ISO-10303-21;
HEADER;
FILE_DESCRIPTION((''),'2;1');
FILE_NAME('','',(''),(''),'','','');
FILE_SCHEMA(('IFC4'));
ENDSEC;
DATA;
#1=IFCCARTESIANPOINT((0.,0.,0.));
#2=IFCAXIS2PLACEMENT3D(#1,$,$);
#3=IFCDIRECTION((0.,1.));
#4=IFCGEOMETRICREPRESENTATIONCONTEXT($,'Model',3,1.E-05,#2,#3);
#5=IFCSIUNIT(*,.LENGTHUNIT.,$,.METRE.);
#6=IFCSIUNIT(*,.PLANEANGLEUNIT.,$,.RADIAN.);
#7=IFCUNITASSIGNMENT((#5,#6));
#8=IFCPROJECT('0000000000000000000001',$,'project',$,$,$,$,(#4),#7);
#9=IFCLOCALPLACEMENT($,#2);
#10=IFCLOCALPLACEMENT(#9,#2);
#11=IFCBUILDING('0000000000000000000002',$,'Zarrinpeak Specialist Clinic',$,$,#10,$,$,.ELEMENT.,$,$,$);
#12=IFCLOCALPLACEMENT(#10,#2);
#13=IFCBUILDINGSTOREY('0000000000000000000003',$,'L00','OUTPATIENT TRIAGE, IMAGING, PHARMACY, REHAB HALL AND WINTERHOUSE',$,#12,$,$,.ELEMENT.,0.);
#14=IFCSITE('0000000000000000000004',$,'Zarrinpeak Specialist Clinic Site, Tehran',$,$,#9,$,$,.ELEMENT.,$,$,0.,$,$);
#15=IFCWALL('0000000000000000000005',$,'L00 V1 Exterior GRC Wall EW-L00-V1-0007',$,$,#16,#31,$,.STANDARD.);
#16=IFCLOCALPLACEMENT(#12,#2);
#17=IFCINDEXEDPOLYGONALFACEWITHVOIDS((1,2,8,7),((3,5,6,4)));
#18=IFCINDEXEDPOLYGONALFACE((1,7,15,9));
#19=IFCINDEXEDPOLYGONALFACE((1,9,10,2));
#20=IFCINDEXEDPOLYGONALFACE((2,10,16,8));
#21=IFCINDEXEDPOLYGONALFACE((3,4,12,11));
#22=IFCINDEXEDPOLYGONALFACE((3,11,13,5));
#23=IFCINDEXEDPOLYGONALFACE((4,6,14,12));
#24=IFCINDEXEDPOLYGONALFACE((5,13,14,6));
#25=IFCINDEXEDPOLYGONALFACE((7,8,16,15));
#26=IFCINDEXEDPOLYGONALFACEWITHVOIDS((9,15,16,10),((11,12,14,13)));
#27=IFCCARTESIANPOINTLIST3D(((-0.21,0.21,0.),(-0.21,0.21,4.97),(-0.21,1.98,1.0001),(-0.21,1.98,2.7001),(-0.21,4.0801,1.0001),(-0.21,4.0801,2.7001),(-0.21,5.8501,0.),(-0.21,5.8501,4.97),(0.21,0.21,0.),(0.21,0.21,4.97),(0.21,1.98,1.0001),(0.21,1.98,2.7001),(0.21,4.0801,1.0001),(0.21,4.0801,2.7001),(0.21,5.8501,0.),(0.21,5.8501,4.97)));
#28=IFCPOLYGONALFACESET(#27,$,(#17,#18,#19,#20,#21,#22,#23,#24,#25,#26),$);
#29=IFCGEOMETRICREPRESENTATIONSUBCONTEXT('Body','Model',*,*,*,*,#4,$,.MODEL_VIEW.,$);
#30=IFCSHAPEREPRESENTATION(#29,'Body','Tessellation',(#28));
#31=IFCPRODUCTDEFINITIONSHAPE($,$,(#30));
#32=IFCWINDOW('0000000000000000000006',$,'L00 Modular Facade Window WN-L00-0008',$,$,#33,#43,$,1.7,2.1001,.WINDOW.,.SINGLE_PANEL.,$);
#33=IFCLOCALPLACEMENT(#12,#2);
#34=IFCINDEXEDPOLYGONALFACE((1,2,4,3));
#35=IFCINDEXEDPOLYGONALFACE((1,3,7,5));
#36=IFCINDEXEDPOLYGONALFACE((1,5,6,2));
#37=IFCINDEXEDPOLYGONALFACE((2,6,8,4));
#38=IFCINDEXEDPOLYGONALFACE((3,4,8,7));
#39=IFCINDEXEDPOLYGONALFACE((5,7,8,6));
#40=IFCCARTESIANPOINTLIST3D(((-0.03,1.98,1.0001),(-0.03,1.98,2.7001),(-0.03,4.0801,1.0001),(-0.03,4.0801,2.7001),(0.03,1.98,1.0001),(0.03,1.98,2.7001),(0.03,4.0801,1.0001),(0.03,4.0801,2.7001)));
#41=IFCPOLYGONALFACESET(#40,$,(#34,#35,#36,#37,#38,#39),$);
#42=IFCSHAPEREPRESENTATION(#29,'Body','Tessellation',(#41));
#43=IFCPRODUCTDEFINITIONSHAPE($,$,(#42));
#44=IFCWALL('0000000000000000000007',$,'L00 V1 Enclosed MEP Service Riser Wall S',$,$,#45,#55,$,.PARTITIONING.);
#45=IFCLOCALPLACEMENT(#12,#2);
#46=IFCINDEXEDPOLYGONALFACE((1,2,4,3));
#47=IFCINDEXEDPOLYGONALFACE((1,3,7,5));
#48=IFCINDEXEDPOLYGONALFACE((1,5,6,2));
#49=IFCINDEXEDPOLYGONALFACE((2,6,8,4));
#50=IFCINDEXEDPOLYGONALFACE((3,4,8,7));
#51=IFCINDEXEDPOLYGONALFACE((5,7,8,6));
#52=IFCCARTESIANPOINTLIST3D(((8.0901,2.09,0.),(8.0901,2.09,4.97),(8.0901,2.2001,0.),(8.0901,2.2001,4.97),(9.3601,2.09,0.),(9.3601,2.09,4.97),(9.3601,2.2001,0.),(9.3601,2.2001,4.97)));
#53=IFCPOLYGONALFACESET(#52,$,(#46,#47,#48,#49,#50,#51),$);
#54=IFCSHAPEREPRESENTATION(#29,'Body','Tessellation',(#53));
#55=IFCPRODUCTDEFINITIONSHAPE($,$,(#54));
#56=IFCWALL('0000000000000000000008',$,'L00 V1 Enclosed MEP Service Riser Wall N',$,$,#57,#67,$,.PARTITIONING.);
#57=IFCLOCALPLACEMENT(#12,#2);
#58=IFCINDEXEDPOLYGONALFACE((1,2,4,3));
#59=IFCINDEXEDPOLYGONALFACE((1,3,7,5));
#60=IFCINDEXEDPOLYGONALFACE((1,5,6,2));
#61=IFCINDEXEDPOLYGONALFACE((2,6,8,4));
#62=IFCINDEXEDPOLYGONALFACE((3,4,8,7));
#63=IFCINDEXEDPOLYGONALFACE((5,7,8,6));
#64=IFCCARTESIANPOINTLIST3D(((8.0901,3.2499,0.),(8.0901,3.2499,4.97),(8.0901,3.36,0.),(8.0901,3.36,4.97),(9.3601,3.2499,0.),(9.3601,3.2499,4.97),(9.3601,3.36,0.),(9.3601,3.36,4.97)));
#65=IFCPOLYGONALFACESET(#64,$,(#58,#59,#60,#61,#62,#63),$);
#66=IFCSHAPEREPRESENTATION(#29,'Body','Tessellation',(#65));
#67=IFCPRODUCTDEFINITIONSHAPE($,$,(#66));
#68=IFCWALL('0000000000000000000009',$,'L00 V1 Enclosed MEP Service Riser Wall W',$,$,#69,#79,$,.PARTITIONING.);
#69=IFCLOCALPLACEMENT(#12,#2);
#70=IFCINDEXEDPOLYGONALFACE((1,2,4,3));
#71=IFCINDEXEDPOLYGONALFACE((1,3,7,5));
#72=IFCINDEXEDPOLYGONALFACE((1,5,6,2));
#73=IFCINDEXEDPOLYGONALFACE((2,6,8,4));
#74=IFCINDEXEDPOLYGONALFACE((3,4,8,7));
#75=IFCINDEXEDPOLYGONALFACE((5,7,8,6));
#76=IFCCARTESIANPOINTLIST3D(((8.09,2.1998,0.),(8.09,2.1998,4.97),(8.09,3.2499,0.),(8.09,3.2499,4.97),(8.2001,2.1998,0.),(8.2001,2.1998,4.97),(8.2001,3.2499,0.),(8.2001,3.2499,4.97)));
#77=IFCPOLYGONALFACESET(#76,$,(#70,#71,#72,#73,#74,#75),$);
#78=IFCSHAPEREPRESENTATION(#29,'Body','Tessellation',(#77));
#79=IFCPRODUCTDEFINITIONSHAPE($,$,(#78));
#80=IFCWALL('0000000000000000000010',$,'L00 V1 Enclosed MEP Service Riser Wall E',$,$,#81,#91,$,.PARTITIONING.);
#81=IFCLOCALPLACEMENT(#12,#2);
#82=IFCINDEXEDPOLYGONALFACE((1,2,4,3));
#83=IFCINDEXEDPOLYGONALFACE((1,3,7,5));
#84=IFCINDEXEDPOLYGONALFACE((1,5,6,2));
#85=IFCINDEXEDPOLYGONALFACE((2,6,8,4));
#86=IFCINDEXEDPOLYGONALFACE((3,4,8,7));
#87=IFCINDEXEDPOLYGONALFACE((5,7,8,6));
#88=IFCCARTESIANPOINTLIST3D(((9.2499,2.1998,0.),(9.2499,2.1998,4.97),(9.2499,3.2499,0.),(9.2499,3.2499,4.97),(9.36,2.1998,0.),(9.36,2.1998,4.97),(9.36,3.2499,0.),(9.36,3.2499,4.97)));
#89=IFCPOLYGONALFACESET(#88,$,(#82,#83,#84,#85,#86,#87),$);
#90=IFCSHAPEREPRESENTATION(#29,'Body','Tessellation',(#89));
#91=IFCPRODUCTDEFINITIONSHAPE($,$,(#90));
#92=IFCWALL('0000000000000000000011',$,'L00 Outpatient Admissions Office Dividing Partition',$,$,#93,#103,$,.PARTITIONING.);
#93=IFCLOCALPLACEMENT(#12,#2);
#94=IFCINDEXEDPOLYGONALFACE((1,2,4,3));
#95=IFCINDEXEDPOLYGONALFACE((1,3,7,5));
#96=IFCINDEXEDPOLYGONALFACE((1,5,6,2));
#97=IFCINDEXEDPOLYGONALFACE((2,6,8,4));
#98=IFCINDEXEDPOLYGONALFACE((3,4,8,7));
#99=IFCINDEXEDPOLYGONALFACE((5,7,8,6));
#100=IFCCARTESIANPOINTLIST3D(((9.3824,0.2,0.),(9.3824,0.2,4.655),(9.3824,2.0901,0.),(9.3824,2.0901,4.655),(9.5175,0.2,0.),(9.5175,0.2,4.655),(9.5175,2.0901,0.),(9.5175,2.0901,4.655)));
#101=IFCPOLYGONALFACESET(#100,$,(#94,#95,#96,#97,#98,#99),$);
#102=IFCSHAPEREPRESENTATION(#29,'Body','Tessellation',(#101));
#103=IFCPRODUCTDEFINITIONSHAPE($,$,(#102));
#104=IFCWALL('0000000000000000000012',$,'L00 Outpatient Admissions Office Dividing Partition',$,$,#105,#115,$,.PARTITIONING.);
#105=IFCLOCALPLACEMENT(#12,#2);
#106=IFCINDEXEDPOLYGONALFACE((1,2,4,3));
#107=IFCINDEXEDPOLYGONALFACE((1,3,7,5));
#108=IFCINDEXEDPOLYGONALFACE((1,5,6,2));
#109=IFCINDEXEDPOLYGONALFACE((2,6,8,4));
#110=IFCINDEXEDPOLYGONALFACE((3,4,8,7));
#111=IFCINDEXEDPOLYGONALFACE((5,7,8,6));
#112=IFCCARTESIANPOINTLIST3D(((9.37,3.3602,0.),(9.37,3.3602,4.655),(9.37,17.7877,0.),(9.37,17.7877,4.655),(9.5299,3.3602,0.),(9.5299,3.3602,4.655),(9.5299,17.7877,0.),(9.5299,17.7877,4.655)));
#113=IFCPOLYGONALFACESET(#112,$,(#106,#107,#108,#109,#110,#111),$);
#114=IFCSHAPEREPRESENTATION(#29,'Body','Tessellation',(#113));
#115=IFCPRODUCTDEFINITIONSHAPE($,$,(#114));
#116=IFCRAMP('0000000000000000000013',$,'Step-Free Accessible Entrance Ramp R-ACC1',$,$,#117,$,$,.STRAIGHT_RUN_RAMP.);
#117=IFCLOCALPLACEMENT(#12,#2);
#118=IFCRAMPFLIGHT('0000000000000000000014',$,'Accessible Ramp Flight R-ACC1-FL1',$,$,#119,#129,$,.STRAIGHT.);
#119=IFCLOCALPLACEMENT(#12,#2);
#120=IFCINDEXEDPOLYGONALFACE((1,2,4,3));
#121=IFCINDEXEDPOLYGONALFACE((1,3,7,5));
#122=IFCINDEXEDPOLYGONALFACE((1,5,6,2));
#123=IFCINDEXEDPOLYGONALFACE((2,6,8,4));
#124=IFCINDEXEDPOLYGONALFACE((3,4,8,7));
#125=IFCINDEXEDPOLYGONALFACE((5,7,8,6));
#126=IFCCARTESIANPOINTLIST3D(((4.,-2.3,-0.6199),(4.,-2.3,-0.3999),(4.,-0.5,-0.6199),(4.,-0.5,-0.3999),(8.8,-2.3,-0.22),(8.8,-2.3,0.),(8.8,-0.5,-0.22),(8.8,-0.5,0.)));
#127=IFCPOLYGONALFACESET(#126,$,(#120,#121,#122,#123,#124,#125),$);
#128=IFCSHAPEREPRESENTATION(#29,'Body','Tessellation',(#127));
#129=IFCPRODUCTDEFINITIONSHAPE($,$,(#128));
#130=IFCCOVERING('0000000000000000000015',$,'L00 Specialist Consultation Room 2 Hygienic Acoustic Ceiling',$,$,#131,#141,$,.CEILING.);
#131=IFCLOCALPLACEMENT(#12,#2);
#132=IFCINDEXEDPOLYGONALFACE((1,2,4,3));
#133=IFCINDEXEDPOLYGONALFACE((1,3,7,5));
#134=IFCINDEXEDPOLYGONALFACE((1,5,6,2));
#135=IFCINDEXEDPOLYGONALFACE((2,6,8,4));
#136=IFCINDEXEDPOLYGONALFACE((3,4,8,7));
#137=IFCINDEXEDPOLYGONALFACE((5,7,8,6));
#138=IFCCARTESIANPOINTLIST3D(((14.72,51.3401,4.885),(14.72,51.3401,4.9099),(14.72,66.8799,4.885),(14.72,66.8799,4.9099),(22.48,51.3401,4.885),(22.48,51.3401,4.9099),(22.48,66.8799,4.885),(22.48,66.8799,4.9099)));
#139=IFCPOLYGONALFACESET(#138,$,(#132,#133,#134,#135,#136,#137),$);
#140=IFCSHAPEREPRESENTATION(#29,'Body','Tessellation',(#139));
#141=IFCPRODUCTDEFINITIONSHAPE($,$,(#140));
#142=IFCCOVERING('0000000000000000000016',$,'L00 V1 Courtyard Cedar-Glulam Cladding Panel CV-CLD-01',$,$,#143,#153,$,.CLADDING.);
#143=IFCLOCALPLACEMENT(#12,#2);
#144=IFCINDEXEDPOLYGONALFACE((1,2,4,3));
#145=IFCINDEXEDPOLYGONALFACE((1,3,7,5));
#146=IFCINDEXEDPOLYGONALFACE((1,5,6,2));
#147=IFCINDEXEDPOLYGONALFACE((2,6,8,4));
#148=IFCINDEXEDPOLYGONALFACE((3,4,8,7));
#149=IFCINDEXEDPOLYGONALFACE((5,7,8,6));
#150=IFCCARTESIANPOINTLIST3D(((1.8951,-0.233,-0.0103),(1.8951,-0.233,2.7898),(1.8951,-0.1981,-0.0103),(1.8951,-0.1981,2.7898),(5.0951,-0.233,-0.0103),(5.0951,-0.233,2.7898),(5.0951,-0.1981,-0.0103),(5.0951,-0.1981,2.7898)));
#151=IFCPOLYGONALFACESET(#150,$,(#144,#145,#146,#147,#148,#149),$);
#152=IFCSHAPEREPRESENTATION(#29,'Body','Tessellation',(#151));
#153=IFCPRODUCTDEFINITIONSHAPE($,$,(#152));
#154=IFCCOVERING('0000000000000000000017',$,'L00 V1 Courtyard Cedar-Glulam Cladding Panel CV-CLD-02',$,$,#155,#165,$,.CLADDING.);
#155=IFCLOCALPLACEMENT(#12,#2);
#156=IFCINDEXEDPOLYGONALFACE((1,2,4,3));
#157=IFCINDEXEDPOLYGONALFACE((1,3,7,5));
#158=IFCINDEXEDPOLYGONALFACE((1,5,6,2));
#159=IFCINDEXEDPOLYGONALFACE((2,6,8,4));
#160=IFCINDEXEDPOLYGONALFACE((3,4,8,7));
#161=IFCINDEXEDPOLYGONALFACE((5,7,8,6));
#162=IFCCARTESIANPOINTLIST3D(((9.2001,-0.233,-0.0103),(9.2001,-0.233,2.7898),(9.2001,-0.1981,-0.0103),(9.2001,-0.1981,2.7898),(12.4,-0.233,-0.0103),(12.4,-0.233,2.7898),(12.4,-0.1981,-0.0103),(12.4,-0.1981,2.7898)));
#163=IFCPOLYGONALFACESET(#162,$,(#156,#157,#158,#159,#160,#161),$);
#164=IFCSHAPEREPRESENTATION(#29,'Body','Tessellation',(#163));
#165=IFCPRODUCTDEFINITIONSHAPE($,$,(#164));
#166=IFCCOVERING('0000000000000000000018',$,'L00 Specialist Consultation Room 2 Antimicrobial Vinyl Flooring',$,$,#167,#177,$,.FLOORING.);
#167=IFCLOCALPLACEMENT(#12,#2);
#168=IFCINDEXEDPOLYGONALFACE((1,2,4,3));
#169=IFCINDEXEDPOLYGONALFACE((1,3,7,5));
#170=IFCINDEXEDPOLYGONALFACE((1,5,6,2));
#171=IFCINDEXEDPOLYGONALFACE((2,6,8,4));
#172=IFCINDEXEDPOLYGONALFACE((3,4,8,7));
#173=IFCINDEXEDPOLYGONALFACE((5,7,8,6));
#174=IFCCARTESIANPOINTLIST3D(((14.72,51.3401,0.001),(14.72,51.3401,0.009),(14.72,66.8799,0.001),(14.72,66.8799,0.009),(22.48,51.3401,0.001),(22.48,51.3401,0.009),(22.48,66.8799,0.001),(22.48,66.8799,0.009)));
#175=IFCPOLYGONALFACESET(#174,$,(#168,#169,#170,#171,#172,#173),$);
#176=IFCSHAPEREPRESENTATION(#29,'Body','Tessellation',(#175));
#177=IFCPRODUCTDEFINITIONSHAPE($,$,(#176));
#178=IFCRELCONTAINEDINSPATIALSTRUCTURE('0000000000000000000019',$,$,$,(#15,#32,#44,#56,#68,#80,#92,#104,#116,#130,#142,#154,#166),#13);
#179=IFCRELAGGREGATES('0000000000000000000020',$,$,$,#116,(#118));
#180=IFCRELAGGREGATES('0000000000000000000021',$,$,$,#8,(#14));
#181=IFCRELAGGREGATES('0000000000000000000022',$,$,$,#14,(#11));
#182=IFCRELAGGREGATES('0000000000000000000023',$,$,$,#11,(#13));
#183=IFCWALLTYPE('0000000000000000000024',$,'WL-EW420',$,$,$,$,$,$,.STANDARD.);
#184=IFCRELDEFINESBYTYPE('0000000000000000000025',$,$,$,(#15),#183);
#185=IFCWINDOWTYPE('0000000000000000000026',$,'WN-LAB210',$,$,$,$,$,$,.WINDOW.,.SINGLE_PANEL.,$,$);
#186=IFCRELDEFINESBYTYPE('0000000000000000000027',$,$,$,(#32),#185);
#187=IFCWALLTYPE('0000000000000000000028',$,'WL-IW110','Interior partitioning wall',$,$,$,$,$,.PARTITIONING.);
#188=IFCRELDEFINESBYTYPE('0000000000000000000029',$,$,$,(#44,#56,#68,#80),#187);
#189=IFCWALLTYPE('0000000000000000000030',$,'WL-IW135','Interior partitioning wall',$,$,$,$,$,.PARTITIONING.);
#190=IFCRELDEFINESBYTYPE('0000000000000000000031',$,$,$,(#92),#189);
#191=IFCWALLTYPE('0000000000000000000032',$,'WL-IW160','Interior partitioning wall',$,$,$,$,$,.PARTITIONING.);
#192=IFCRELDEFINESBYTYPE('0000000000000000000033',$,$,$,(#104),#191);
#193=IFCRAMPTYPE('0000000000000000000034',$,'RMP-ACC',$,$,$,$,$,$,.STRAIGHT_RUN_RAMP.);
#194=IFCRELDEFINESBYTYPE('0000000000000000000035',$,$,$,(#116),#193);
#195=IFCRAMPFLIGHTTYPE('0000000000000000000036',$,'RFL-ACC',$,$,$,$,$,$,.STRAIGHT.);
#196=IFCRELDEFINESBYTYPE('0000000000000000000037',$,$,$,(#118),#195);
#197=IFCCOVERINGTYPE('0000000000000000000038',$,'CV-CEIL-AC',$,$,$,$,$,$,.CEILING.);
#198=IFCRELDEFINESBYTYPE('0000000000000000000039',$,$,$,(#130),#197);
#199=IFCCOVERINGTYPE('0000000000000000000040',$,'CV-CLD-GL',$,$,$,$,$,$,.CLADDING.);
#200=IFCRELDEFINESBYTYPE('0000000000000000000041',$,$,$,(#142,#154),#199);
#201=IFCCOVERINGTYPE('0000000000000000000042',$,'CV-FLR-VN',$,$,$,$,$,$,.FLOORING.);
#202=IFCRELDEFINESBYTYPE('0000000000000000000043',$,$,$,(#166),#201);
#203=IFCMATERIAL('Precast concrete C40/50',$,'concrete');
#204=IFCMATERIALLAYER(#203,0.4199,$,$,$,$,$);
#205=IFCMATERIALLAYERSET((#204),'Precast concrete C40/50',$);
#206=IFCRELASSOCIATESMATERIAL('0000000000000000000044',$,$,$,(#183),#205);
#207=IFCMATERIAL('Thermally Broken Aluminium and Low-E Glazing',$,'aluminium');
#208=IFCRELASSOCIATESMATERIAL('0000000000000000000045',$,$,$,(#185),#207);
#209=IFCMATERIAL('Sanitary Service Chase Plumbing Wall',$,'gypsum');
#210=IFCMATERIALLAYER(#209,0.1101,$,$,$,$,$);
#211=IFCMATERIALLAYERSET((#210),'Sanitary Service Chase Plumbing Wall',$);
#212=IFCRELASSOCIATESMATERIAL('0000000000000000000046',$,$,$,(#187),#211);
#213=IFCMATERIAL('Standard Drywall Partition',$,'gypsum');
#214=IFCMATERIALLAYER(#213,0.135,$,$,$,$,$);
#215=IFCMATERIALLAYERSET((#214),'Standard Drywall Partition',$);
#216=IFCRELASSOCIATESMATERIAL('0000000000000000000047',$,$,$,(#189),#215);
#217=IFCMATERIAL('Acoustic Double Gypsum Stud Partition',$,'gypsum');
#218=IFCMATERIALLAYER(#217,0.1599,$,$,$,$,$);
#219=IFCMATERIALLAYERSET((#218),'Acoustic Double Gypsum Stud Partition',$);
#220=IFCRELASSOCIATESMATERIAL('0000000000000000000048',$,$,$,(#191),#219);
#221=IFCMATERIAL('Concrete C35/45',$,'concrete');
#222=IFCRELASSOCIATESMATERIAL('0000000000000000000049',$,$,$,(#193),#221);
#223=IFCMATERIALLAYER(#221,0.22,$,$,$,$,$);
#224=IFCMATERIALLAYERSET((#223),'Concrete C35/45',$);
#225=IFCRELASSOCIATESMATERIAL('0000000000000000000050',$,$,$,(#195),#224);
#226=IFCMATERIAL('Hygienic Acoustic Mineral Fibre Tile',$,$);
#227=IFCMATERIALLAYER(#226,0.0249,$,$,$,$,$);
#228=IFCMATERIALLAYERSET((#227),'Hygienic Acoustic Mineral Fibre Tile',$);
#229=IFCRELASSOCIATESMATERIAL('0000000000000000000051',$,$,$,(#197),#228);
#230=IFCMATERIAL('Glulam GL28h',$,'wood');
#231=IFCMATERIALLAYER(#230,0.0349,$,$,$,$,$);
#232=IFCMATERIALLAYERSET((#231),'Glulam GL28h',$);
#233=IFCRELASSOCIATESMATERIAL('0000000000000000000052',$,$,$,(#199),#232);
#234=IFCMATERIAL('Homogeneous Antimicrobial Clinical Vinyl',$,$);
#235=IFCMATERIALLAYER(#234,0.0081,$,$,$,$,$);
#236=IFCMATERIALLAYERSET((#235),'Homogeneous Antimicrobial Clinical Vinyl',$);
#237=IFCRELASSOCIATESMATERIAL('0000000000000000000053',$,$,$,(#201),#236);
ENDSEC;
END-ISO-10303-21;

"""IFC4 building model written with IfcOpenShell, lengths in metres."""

from ifc_helpers import new_model, si_unit, direction, frame, frame_2d, origin, origin_2d, place, context, subcontext, project, spatial, polyline, rectangle, outline, extrude, material, layer, layer_set, type_object, element, fill, aggregate, save


model = new_model("IFC4")

# Units and contexts
model_context = context("Model", 3, precision=1e-05, world=origin(), true_north=direction((0.0, 1.0)))
body_context = subcontext(model_context, "Body", "Model", "MODEL_VIEW")
ifc_project = project(units=[si_unit("LENGTHUNIT", "METRE"), si_unit("PLANEANGLEUNIT", "RADIAN")], contexts=[model_context])

# Site, building, storey
site_placement = place(None, origin())
site = spatial("IfcSite", under=ifc_project, at=site_placement, Name="Zarrinpeak Specialist Clinic Site, Tehran", CompositionType="ELEMENT", RefElevation=0.0)
building_placement = place(site_placement, origin())
building = spatial("IfcBuilding", under=site, at=building_placement, Name="Zarrinpeak Specialist Clinic", CompositionType="ELEMENT")
storey_placement = place(building_placement, origin())
storey = spatial("IfcBuildingStorey", under=building, at=storey_placement, Name="L00", Description="OUTPATIENT TRIAGE, IMAGING, PHARMACY, REHAB HALL AND WINTERHOUSE", CompositionType="ELEMENT", Elevation=0.0)

# Shared definitions
ifc_material_1 = material(Name="Precast concrete C40/50", Category="concrete")
ifc_layer_1 = layer(ifc_material_1, 0.4199)
ifc_layer_set_1 = layer_set([ifc_layer_1], Name="Precast concrete C40/50")
wall_type_1 = type_object("IfcWallType", Name="WL-EW420", PredefinedType="STANDARD", material=ifc_layer_set_1)

# Wall, opening, window
wall_1_placement = place(storey_placement, frame((0.0, 5.8501, 0.0), z_axis=(0.0, 0.0, 1.0), x_axis=(0.0, -1.0, 0.0)))
wall_1 = element("IfcWall", 1, at=wall_1_placement, inside=storey, type_object=wall_type_1, Name="L00 V1 Exterior GRC Wall EW-L00-V1-0007", PredefinedType="STANDARD", context=body_context, shape_type="SweptSolid", body=[
    extrude(rectangle(XDim=5.6401, YDim=0.4199, at=frame_2d((2.8201, 0.0))), origin(), (0.0, 0.0, 1.0), 4.97),
])
opening_1_placement = place(wall_1_placement, frame((1.77, 0.0, 1.0)))
opening_1 = element("IfcOpeningElement", 2, at=opening_1_placement, cuts=wall_1, PredefinedType="OPENING", context=body_context, shape_type="SweptSolid", body=[
    extrude(rectangle(XDim=2.1001, YDim=1.7, at=frame_2d((1.05, 0.8501))), frame((0.0, 0.22, 0.0), z_axis=(0.0, -1.0, 0.0), x_axis=(1.0, 0.0, 0.0)), (0.0, 0.0, 1.0), 0.4399),
])
ifc_material_2 = material(Name="Thermally Broken Aluminium and Low-E Glazing", Category="aluminium")
window_type = type_object("IfcWindowType", Name="WN-LAB210", PartitioningType="SINGLE_PANEL", PredefinedType="WINDOW", material=ifc_material_2)
window_placement = place(opening_1_placement, origin())
window = element("IfcWindow", 3, at=window_placement, inside=storey, type_object=window_type, Name="L00 Modular Facade Window WN-L00-0008", OverallHeight=1.7, OverallWidth=2.1001, PartitioningType="SINGLE_PANEL", PredefinedType="WINDOW", context=body_context, shape_type="SweptSolid", body=[
    extrude(rectangle(XDim=2.1001, YDim=1.7, at=frame_2d((1.05, 0.8501))), frame((0.0, 0.03, 0.0), z_axis=(0.0, -1.0, 0.0), x_axis=(1.0, 0.0, 0.0)), (0.0, 0.0, 1.0), 0.0601),
])
fill(opening_1, window)

# Walls
ifc_material_3 = material(Name="Sanitary Service Chase Plumbing Wall", Category="gypsum")
ifc_layer_2 = layer(ifc_material_3, 0.1101)
ifc_layer_set_2 = layer_set([ifc_layer_2], Name="Sanitary Service Chase Plumbing Wall")
wall_type_2 = type_object("IfcWallType", Name="WL-IW110", Description="Interior partitioning wall", PredefinedType="PARTITIONING", material=ifc_layer_set_2)
for number, where, z_axis, x_axis, name in (
    (4, (8.0901, 2.145, 0.0), (0.0, 0.0, 1.0), (1.0, 0.0, 0.0), "L00 V1 Enclosed MEP Service Riser Wall S"),
    (5, (8.0901, 3.3049, 0.0), (0.0, 0.0, 1.0), (1.0, 0.0, 0.0), "L00 V1 Enclosed MEP Service Riser Wall N"),
):
    element("IfcWall", number, at=place(storey_placement, frame(where, z_axis=z_axis, x_axis=x_axis)), inside=storey, type_object=wall_type_2, Name=name, PredefinedType="PARTITIONING", context=body_context, shape_type="SweptSolid", body=[
        extrude(rectangle(XDim=1.27, YDim=0.1101, at=frame_2d((0.635, 0.0))), origin(), (0.0, 0.0, 1.0), 4.97),
    ])
for number, where, z_axis, x_axis, name in (
    (6, (8.145, 2.2, 0.0), (0.0, 0.0, 1.0), (0.0, 1.0, 0.0), "L00 V1 Enclosed MEP Service Riser Wall W"),
    (7, (9.3049, 2.2, 0.0), (0.0, 0.0, 1.0), (0.0, 1.0, 0.0), "L00 V1 Enclosed MEP Service Riser Wall E"),
):
    element("IfcWall", number, at=place(storey_placement, frame(where, z_axis=z_axis, x_axis=x_axis)), inside=storey, type_object=wall_type_2, Name=name, PredefinedType="PARTITIONING", context=body_context, shape_type="SweptSolid", body=[
        extrude(rectangle(XDim=1.05, YDim=0.1101, at=frame_2d((0.5249, 0.0))), origin(), (0.0, 0.0, 1.0), 4.97),
    ])
ifc_material_4 = material(Name="Standard Drywall Partition", Category="gypsum")
ifc_layer_3 = layer(ifc_material_4, 0.135)
ifc_layer_set_3 = layer_set([ifc_layer_3], Name="Standard Drywall Partition")
wall_type_3 = type_object("IfcWallType", Name="WL-IW135", Description="Interior partitioning wall", PredefinedType="PARTITIONING", material=ifc_layer_set_3)
wall_2_placement = place(storey_placement, frame((9.45, 0.2, 0.0), z_axis=(0.0, 0.0, 1.0), x_axis=(0.0, 1.0, 0.0)))
element("IfcWall", 8, at=wall_2_placement, inside=storey, type_object=wall_type_3, Name="L00 Outpatient Admissions Office Dividing Partition", PredefinedType="PARTITIONING", context=body_context, shape_type="SweptSolid", body=[
    extrude(rectangle(XDim=1.8901, YDim=0.135, at=frame_2d((0.9451, 0.0))), origin(), (0.0, 0.0, 1.0), 4.655),
])
ifc_material_5 = material(Name="Acoustic Double Gypsum Stud Partition", Category="gypsum")
ifc_layer_4 = layer(ifc_material_5, 0.1599)
ifc_layer_set_4 = layer_set([ifc_layer_4], Name="Acoustic Double Gypsum Stud Partition")
wall_type_4 = type_object("IfcWallType", Name="WL-IW160", Description="Interior partitioning wall", PredefinedType="PARTITIONING", material=ifc_layer_set_4)
wall_3_placement = place(storey_placement, frame((9.45, 3.3601, 0.0), z_axis=(0.0, 0.0, 1.0), x_axis=(0.0, 1.0, 0.0)))
element("IfcWall", 9, at=wall_3_placement, inside=storey, type_object=wall_type_4, Name="L00 Outpatient Admissions Office Dividing Partition", PredefinedType="PARTITIONING", context=body_context, shape_type="SweptSolid", body=[
    extrude(rectangle(XDim=14.4275, YDim=0.1599, at=frame_2d((7.2139, 0.0))), origin(), (0.0, 0.0, 1.0), 4.655),
])

# Ramp, ramp flight
ifc_material_6 = material(Name="Concrete C35/45", Category="concrete")
ramp_type = type_object("IfcRampType", Name="RMP-ACC", PredefinedType="STRAIGHT_RUN_RAMP", material=ifc_material_6)
ramp_placement = place(storey_placement, origin())
ramp = element("IfcRamp", 10, at=ramp_placement, inside=storey, type_object=ramp_type, Name="Step-Free Accessible Entrance Ramp R-ACC1", PredefinedType="STRAIGHT_RUN_RAMP")
ifc_layer_5 = layer(ifc_material_6, 0.22)
ifc_layer_set_5 = layer_set([ifc_layer_5], Name="Concrete C35/45")
ramp_flight_type = type_object("IfcRampFlightType", Name="RFL-ACC", PredefinedType="STRAIGHT", material=ifc_layer_set_5)
ramp_flight_placement = place(storey_placement, frame((4.0, -1.3999, -0.3999), z_axis=(0.0, 0.0, 1.0), x_axis=(1.0, 0.0, 0.0)))
ramp_flight = element("IfcRampFlight", 11, at=ramp_flight_placement, type_object=ramp_flight_type, Name="Accessible Ramp Flight R-ACC1-FL1", PredefinedType="STRAIGHT", context=body_context, shape_type="SweptSolid", body=[
    extrude(outline(polyline([(0.0, 0.0), (0.0, -0.22), (4.8, 0.1799), (4.8, 0.3999), (0.0, 0.0)])), frame((0.0, 0.8999, 0.0), z_axis=(0.0, -1.0, 0.0), x_axis=(1.0, 0.0, 0.0)), (0.0, 0.0, 1.0), 1.8),
])
aggregate(ramp, [ramp_flight])

# Coverings
ifc_material_7 = material(Name="Hygienic Acoustic Mineral Fibre Tile")
ifc_layer_6 = layer(ifc_material_7, 0.0249)
ifc_layer_set_6 = layer_set([ifc_layer_6], Name="Hygienic Acoustic Mineral Fibre Tile")
covering_type_1 = type_object("IfcCoveringType", Name="CV-CEIL-AC", PredefinedType="CEILING", material=ifc_layer_set_6)
covering_1_placement = place(storey_placement, frame((0.0, 0.0, 4.885)))
element("IfcCovering", 12, at=covering_1_placement, inside=storey, type_object=covering_type_1, Name="L00 Specialist Consultation Room 2 Hygienic Acoustic Ceiling", PredefinedType="CEILING", context=body_context, shape_type="SweptSolid", body=[
    extrude(outline(polyline([(14.72, 51.3401), (22.48, 51.3401), (22.48, 66.8799), (14.72, 66.8799), (14.72, 51.3401)])), origin(), (0.0, 0.0, 1.0), 0.0249),
])
ifc_material_8 = material(Name="Glulam GL28h", Category="wood")
ifc_layer_7 = layer(ifc_material_8, 0.0349)
ifc_layer_set_7 = layer_set([ifc_layer_7], Name="Glulam GL28h")
covering_type_2 = type_object("IfcCoveringType", Name="CV-CLD-GL", PredefinedType="CLADDING", material=ifc_layer_set_7)
for number, where, z_axis, x_axis, name in (
    (13, (3.4951, -0.2156, -0.0103), (0.0, 0.0, 1.0), (1.0, 0.0, 0.0), "L00 V1 Courtyard Cedar-Glulam Cladding Panel CV-CLD-01"),
    (14, (10.8, -0.2156, -0.0103), (0.0, 0.0, 1.0), (1.0, 0.0, 0.0), "L00 V1 Courtyard Cedar-Glulam Cladding Panel CV-CLD-02"),
):
    element("IfcCovering", number, at=place(storey_placement, frame(where, z_axis=z_axis, x_axis=x_axis)), inside=storey, type_object=covering_type_2, Name=name, PredefinedType="CLADDING", context=body_context, shape_type="SweptSolid", body=[
        extrude(rectangle(XDim=3.2, YDim=0.0349, at=origin_2d()), origin(), (0.0, 0.0, 1.0), 2.8),
    ])
ifc_material_9 = material(Name="Homogeneous Antimicrobial Clinical Vinyl")
ifc_layer_8 = layer(ifc_material_9, 0.0081)
ifc_layer_set_8 = layer_set([ifc_layer_8], Name="Homogeneous Antimicrobial Clinical Vinyl")
covering_type_3 = type_object("IfcCoveringType", Name="CV-FLR-VN", PredefinedType="FLOORING", material=ifc_layer_set_8)
covering_2_placement = place(storey_placement, frame((0.0, 0.0, 0.001)))
element("IfcCovering", 15, at=covering_2_placement, inside=storey, type_object=covering_type_3, Name="L00 Specialist Consultation Room 2 Antimicrobial Vinyl Flooring", PredefinedType="FLOORING", context=body_context, shape_type="SweptSolid", body=[
    extrude(outline(polyline([(14.72, 51.3401), (22.48, 51.3401), (22.48, 66.8799), (14.72, 66.8799), (14.72, 51.3401)])), origin(), (0.0, 0.0, 1.0), 0.0081),
])

save(model, "model.ifc")
